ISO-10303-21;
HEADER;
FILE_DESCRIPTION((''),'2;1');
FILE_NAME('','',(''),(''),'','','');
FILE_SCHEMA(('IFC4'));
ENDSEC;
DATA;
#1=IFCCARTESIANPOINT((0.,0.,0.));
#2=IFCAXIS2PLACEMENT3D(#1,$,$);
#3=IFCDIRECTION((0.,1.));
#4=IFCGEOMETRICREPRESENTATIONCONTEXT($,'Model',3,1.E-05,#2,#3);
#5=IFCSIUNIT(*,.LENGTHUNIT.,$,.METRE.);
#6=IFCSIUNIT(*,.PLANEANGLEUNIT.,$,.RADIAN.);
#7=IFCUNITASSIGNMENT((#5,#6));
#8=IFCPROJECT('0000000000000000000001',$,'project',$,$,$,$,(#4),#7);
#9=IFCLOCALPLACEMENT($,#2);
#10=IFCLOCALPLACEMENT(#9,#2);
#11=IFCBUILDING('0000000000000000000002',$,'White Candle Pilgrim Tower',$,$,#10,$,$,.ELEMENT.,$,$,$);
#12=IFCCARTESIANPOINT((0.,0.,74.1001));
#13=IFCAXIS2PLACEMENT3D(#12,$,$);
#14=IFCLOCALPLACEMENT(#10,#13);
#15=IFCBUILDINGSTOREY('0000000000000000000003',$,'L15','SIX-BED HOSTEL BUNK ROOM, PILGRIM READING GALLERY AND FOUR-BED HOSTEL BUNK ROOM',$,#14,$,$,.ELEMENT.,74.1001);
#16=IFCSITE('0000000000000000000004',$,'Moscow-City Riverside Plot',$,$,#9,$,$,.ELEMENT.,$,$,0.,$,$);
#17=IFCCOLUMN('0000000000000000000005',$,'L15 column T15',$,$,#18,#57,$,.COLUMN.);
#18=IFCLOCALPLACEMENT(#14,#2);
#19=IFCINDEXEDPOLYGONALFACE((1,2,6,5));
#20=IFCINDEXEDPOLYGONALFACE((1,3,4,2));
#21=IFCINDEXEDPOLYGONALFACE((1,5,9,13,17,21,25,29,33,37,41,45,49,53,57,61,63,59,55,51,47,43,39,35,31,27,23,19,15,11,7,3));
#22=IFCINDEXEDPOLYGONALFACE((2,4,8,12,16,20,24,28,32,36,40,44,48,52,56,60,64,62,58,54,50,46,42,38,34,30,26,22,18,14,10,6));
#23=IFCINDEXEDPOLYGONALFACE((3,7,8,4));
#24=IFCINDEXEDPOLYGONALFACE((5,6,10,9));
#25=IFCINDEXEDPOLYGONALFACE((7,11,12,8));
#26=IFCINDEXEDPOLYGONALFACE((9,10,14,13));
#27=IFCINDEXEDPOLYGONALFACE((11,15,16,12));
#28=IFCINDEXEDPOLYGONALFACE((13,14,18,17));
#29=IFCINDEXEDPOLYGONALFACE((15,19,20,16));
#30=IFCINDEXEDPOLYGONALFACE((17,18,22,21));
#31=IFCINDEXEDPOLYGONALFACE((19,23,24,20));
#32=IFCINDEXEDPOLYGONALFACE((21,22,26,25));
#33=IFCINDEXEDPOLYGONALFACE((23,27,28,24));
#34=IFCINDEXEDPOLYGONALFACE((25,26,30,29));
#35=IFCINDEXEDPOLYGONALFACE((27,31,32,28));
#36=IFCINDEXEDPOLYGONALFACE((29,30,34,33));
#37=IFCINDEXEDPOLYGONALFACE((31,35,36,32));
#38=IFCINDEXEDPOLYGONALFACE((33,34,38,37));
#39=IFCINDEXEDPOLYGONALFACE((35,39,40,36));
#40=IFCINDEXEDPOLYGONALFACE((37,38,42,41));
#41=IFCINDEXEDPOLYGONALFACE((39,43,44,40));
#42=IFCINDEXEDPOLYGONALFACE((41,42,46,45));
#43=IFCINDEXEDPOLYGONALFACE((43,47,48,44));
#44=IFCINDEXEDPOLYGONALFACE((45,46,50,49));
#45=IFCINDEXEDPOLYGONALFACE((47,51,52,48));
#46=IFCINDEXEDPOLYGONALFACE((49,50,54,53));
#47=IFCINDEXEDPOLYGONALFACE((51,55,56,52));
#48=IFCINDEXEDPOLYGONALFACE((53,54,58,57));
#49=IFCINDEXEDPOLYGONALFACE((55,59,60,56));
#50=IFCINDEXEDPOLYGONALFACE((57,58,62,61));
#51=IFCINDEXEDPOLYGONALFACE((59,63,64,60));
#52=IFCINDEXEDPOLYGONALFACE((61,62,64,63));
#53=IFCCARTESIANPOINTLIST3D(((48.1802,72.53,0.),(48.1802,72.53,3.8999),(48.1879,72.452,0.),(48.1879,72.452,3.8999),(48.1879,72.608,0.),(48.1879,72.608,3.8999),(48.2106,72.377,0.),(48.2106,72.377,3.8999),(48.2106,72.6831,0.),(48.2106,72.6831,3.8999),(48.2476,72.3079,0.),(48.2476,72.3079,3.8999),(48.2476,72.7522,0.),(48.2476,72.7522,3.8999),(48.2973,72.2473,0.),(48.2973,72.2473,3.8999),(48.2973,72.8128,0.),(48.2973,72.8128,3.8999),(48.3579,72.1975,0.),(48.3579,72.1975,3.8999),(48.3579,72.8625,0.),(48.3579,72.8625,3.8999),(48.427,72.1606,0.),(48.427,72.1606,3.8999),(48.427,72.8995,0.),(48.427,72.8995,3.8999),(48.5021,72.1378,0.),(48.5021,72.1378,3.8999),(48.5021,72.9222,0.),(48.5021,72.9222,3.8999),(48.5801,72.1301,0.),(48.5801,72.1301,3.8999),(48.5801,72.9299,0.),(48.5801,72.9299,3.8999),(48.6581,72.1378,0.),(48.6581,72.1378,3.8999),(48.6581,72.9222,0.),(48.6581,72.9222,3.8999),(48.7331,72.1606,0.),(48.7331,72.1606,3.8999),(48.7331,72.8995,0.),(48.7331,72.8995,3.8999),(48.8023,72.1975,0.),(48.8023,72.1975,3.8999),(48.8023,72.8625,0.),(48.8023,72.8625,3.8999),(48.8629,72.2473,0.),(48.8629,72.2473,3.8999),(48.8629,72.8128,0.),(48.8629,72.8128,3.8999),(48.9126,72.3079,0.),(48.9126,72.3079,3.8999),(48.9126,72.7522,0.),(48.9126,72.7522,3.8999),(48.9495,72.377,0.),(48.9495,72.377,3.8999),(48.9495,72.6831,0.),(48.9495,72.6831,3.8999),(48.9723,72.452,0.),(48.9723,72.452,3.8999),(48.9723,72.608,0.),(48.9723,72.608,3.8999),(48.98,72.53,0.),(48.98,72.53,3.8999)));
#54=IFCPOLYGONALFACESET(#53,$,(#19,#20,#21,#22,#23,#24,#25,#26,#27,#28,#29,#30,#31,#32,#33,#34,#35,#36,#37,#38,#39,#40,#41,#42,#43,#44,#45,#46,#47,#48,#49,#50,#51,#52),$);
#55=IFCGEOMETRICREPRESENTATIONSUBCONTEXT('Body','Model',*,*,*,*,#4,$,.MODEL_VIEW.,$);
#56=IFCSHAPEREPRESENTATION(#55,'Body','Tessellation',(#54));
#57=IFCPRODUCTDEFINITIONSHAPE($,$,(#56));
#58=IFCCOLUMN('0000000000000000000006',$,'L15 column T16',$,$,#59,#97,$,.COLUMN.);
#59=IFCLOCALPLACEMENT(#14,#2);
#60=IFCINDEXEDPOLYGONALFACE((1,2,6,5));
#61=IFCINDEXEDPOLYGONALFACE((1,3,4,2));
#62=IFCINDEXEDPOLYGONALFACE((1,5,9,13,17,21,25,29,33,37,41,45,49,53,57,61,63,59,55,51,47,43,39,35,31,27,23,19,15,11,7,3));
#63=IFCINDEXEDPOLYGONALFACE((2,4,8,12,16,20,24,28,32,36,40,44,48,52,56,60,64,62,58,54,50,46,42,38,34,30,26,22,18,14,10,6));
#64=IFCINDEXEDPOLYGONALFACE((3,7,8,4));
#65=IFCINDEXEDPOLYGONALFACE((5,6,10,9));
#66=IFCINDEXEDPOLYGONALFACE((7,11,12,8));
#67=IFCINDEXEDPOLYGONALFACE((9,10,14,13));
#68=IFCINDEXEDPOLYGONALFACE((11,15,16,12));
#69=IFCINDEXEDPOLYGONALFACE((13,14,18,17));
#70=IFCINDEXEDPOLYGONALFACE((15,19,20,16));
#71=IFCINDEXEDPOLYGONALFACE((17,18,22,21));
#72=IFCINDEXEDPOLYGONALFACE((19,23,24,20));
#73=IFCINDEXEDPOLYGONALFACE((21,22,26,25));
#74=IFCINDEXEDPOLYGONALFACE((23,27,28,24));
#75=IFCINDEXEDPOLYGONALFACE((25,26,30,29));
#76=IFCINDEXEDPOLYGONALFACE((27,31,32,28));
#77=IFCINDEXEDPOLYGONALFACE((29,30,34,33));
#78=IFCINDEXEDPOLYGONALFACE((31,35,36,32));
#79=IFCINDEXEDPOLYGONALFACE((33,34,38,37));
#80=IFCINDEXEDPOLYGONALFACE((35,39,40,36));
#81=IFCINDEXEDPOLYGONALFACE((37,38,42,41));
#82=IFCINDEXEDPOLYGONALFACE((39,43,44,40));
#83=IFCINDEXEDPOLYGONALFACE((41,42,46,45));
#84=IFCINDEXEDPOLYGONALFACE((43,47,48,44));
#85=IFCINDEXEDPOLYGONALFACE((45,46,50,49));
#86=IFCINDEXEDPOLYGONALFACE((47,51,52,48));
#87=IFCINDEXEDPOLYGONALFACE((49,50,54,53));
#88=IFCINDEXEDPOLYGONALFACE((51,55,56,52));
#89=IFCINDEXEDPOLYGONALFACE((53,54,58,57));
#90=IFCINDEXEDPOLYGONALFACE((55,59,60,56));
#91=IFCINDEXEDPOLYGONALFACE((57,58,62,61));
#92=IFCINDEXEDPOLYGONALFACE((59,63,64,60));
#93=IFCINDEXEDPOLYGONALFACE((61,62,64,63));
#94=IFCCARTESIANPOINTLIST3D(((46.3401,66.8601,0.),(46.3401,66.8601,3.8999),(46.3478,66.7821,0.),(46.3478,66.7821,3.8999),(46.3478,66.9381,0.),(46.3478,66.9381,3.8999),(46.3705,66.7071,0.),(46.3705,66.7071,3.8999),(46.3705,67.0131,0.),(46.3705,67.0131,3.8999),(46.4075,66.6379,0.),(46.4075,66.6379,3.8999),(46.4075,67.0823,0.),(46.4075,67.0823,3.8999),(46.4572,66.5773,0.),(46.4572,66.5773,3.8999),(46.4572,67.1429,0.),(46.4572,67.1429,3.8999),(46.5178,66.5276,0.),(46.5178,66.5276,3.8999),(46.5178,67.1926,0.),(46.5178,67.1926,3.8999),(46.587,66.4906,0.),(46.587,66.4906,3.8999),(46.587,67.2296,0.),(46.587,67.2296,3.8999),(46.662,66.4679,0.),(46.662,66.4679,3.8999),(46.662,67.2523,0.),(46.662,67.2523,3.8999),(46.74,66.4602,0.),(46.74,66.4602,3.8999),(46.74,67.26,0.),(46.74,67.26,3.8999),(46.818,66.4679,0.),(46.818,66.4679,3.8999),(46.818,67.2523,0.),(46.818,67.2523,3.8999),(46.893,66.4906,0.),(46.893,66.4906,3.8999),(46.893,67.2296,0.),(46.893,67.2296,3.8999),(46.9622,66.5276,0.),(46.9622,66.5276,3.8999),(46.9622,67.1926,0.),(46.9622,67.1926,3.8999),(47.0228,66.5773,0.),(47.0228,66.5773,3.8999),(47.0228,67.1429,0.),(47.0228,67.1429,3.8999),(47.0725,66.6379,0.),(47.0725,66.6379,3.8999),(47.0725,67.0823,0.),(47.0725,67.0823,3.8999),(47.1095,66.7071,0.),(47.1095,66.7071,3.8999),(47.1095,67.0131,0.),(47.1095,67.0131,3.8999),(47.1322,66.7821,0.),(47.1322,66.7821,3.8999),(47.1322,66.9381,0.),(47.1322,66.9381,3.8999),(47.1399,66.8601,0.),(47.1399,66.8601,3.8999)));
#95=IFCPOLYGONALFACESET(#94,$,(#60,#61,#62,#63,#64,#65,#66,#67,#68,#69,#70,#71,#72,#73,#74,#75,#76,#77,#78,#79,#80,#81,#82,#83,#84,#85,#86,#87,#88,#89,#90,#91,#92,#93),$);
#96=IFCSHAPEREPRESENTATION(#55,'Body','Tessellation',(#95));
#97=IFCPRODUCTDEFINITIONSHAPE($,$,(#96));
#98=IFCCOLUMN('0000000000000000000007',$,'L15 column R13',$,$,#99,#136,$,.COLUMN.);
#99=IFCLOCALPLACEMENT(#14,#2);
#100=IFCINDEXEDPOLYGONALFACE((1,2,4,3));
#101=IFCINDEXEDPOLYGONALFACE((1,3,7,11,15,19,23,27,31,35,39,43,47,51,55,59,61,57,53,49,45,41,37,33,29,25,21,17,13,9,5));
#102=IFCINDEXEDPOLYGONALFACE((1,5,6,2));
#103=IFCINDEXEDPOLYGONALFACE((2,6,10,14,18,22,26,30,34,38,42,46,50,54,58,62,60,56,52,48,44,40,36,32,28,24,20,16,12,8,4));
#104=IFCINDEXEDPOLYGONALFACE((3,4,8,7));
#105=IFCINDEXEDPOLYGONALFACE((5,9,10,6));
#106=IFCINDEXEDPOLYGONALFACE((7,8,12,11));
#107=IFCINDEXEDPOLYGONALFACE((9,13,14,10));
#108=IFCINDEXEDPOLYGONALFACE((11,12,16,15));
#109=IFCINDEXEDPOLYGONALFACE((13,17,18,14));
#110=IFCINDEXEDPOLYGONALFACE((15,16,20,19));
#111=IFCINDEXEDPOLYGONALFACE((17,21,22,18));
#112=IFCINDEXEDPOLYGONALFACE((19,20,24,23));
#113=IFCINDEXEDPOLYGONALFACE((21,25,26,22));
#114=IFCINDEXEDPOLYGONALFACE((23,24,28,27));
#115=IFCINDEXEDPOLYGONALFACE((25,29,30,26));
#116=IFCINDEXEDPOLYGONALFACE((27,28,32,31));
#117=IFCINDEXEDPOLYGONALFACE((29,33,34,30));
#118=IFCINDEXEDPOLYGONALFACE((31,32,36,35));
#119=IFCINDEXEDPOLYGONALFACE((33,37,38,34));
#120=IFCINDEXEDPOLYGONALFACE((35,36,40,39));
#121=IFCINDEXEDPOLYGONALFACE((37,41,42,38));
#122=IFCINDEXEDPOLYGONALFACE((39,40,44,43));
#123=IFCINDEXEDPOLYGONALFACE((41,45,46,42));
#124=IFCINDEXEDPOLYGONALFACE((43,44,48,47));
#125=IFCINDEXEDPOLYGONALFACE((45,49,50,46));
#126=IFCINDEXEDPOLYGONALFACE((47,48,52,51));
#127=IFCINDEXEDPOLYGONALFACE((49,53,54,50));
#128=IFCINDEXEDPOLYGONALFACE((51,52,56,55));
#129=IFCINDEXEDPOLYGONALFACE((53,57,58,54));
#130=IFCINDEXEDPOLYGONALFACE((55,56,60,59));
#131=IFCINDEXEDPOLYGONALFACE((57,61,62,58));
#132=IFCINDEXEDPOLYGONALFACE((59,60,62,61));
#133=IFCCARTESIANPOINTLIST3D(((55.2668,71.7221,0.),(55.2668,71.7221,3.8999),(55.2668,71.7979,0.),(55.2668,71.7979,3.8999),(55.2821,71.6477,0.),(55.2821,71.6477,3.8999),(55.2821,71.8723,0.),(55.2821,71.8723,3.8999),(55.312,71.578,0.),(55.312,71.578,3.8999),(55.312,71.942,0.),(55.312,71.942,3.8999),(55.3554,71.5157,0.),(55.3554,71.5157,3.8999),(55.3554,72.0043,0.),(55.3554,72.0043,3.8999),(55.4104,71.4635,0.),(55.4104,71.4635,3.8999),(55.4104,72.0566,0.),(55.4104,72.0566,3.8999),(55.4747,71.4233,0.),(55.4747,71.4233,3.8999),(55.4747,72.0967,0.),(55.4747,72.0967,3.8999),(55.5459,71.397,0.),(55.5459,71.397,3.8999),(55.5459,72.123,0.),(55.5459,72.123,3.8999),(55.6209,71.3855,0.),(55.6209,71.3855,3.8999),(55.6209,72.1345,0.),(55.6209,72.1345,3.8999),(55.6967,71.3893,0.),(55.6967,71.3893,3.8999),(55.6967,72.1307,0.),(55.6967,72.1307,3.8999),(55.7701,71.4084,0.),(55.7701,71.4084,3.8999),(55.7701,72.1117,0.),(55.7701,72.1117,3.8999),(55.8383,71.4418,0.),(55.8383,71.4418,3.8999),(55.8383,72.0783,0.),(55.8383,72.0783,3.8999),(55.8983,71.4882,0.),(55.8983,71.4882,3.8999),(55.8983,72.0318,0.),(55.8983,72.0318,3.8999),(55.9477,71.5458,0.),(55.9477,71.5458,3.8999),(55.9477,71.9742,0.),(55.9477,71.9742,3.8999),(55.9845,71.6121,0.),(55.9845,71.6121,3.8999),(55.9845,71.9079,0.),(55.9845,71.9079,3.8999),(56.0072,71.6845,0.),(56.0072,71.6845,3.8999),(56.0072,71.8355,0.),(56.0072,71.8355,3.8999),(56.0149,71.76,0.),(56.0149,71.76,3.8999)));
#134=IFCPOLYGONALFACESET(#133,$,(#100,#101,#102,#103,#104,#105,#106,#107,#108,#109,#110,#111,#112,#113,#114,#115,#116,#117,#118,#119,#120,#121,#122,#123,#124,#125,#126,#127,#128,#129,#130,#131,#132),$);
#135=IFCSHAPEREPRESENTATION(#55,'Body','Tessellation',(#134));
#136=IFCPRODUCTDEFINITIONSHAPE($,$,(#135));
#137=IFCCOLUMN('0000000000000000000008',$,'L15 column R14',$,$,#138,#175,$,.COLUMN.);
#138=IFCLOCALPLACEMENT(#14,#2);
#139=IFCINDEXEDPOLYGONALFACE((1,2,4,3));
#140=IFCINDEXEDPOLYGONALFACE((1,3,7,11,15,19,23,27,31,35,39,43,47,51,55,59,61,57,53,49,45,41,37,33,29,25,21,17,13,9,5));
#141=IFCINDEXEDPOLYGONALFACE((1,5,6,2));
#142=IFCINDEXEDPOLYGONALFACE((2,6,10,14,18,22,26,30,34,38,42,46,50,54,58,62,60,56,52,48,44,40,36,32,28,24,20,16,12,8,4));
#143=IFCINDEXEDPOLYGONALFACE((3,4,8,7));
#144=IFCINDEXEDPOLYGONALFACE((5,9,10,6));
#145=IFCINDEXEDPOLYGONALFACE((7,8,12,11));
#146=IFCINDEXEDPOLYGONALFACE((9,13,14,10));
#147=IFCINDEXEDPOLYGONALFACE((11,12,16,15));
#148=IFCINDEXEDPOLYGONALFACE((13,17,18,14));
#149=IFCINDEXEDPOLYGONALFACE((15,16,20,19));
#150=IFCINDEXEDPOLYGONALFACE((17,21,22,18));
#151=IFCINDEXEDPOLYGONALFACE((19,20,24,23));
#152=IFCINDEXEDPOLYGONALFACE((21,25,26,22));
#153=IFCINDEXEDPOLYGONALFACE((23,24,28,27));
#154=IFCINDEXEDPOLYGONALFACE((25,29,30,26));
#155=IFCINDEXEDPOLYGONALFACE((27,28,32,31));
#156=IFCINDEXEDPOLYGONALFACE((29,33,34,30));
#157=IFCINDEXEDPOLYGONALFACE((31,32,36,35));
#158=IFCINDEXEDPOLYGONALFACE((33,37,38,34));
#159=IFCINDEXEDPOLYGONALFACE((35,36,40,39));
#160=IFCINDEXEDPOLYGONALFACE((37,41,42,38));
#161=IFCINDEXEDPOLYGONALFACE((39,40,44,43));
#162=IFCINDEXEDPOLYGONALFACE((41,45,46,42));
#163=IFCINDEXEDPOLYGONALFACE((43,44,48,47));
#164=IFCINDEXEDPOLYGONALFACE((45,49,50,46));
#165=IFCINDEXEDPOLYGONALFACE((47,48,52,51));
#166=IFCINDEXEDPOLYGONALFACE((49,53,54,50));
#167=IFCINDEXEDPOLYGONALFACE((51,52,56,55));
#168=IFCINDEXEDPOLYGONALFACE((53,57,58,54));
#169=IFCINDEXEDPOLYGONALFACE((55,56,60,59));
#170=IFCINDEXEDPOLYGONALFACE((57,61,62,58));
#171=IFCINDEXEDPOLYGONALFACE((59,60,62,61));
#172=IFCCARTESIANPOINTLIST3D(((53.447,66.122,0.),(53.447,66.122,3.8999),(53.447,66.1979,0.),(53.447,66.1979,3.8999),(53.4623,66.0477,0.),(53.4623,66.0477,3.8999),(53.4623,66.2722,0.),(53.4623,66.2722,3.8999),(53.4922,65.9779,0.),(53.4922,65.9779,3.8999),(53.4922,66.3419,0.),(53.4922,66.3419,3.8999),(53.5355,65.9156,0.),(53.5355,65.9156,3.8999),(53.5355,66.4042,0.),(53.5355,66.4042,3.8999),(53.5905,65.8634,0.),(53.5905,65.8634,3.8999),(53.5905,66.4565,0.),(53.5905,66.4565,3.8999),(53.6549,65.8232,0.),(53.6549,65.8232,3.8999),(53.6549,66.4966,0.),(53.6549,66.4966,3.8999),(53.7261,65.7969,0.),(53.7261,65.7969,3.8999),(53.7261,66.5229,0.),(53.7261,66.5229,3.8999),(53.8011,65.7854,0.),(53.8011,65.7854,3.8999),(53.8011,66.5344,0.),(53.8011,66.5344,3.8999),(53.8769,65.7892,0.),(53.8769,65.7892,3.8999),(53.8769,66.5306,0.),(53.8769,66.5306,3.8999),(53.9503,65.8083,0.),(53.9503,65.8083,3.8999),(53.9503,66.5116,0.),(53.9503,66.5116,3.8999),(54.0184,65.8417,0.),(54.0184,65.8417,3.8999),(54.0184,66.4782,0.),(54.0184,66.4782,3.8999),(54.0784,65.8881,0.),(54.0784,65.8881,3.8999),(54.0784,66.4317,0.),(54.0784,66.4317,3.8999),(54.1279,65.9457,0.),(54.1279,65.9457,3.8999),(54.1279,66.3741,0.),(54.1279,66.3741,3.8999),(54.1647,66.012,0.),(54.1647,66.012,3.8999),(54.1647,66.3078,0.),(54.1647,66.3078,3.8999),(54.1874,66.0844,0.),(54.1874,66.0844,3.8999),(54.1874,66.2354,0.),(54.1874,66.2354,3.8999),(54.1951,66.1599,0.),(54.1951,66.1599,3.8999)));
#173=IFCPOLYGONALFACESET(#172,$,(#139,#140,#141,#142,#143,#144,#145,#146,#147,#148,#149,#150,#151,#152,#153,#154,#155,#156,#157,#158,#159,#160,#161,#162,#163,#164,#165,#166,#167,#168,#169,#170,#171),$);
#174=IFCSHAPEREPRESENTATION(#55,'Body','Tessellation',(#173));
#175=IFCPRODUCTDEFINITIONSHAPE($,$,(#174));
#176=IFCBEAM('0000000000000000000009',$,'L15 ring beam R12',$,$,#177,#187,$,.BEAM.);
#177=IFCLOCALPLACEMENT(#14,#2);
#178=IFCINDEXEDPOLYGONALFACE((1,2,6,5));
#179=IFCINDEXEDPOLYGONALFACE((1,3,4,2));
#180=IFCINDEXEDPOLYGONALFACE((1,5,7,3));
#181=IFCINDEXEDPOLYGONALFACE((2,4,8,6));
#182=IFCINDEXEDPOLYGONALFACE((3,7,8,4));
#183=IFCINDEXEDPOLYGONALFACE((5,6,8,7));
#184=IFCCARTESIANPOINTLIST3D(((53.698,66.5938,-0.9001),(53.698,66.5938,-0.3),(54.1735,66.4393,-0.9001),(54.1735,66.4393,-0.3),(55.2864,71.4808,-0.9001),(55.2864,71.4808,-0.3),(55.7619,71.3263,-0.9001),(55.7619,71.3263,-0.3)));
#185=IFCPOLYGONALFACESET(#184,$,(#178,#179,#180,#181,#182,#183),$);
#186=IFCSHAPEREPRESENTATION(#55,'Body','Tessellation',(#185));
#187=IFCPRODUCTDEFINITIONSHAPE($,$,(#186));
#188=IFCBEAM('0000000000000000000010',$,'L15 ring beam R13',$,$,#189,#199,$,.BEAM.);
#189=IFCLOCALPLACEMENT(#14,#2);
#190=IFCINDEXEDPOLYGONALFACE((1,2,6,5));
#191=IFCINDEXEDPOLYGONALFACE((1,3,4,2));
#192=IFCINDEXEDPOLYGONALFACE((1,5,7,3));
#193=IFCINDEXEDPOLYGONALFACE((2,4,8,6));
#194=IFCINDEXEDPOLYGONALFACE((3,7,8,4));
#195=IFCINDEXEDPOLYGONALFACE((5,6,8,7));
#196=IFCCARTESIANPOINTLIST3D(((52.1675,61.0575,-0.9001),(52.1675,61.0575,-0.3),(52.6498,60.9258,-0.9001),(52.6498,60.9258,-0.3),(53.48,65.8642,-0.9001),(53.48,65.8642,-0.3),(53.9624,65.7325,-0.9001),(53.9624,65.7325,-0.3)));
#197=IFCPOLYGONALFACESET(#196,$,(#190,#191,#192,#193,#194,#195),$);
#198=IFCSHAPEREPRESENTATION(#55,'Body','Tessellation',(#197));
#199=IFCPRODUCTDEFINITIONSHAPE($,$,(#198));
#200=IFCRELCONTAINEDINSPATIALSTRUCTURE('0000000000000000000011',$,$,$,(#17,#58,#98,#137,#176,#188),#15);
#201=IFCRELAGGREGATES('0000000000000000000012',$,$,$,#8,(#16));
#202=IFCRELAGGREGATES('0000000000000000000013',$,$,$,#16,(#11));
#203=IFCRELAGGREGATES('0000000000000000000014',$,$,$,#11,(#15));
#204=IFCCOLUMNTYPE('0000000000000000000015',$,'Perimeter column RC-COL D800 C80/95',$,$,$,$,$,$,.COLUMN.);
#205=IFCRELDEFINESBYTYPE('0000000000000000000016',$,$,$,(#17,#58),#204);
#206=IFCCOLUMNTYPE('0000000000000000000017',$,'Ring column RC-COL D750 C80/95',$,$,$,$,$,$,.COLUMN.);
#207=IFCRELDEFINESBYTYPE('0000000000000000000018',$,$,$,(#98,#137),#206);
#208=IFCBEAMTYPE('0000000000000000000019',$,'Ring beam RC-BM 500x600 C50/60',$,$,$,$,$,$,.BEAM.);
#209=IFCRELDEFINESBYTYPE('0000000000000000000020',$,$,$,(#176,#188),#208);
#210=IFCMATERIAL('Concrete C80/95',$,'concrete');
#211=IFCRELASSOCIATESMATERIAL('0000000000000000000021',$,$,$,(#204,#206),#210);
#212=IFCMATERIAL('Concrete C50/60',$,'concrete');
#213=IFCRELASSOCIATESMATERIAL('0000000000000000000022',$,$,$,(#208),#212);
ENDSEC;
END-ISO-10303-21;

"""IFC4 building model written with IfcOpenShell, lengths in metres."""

from ifc_helpers import new_model, si_unit, direction, frame, origin, origin_2d, place, context, subcontext, project, spatial, rectangle, circle, extrude, material, material_profile, profile_set, type_object, element, save


model = new_model("IFC4")

# Units and contexts
model_context = context("Model", 3, precision=1e-05, world=origin(), true_north=direction((0.0, 1.0)))
body_context = subcontext(model_context, "Body", "Model", "MODEL_VIEW")
ifc_project = project(units=[si_unit("LENGTHUNIT", "METRE"), si_unit("PLANEANGLEUNIT", "RADIAN")], contexts=[model_context])

# Site, building, storey
site_placement = place(None, origin())
site = spatial("IfcSite", under=ifc_project, at=site_placement, Name="Moscow-City Riverside Plot", CompositionType="ELEMENT", RefElevation=0.0)
building_placement = place(site_placement, origin())
building = spatial("IfcBuilding", under=site, at=building_placement, Name="White Candle Pilgrim Tower", CompositionType="ELEMENT")
storey_placement = place(building_placement, frame((0.0, 0.0, 74.1001)))
storey = spatial("IfcBuildingStorey", under=building, at=storey_placement, Name="L15", Description="SIX-BED HOSTEL BUNK ROOM, PILGRIM READING GALLERY AND FOUR-BED HOSTEL BUNK ROOM", CompositionType="ELEMENT", Elevation=74.1001)

# Columns
ifc_material_1 = material(Name="Concrete C80/95", Category="concrete")
ifc_material_profile_1 = material_profile(ifc_material_1, circle(Radius=0.3999, at=origin_2d()), Name="RC-COL D800")
ifc_profile_set_1 = profile_set([ifc_material_profile_1], Name="Concrete C80/95")
column_type_1 = type_object("IfcColumnType", Name="Perimeter column RC-COL D800 C80/95", PredefinedType="COLUMN", material=ifc_profile_set_1)
for number, where, z_axis, x_axis, name in (
    (1, (48.5801, 72.53, 0.0), (0.0, 0.0, 1.0), (1.0, 0.0, 0.0), "L15 column T15"),
    (2, (46.74, 66.8601, 0.0), (0.0, 0.0, 1.0), (1.0, 0.0, 0.0), "L15 column T16"),
):
    element("IfcColumn", number, at=place(storey_placement, frame(where, z_axis=z_axis, x_axis=x_axis)), inside=storey, type_object=column_type_1, Name=name, PredefinedType="COLUMN", context=body_context, shape_type="SweptSolid", body=[
        extrude(circle(Radius=0.3999, at=origin_2d()), origin(), (0.0, 0.0, 1.0), 3.8999),
    ])
ifc_material_profile_2 = material_profile(ifc_material_1, circle(Radius=0.375, at=origin_2d()), Name="RC-COL D750")
ifc_profile_set_2 = profile_set([ifc_material_profile_2], Name="Concrete C80/95")
column_type_2 = type_object("IfcColumnType", Name="Ring column RC-COL D750 C80/95", PredefinedType="COLUMN", material=ifc_profile_set_2)
for number, where, z_axis, x_axis, name in (
    (3, (55.6399, 71.76, 0.0), (0.0, 0.0, 1.0), (1.0, 0.0, 0.0), "L15 column R13"),
    (4, (53.8201, 66.1599, 0.0), (0.0, 0.0, 1.0), (1.0, 0.0, 0.0), "L15 column R14"),
):
    element("IfcColumn", number, at=place(storey_placement, frame(where, z_axis=z_axis, x_axis=x_axis)), inside=storey, type_object=column_type_2, Name=name, PredefinedType="COLUMN", context=body_context, shape_type="SweptSolid", body=[
        extrude(circle(Radius=0.375, at=origin_2d()), origin(), (0.0, 0.0, 1.0), 3.8999),
    ])

# Beams
ifc_material_2 = material(Name="Concrete C50/60", Category="concrete")
ifc_material_profile_3 = material_profile(ifc_material_2, rectangle(XDim=0.5, YDim=0.6001, at=origin_2d()), Name="RC-BM 500x600")
ifc_profile_set_3 = profile_set([ifc_material_profile_3], Name="Concrete C50/60")
beam_type_1 = type_object("IfcBeamType", Name="Ring beam RC-BM 500x600 C50/60", PredefinedType="BEAM", material=ifc_profile_set_3)
beam_1_placement = place(storey_placement, frame((55.5242, 71.4036, -0.6001), z_axis=(-0.309106, -0.951027, 0.0), x_axis=(0.951027, -0.309106, 0.0)))
element("IfcBeam", 5, at=beam_1_placement, inside=storey, type_object=beam_type_1, Name="L15 ring beam R12", PredefinedType="BEAM", context=body_context, shape_type="SweptSolid", body=[
    extrude(rectangle(XDim=0.5, YDim=0.6001, at=origin_2d()), origin(), (0.0, 0.0, 1.0), 5.1387),
])
beam_2_placement = place(storey_placement, frame((53.7212, 65.7983, -0.6001), z_axis=(-0.263416, -0.964682, 0.0), x_axis=(0.964682, -0.263416, 0.0)))
element("IfcBeam", 6, at=beam_2_placement, inside=storey, type_object=beam_type_1, Name="L15 ring beam R13", PredefinedType="BEAM", context=body_context, shape_type="SweptSolid", body=[
    extrude(rectangle(XDim=0.5, YDim=0.6001, at=origin_2d()), origin(), (0.0, 0.0, 1.0), 4.9827),
])

save(model, "model.ifc")
